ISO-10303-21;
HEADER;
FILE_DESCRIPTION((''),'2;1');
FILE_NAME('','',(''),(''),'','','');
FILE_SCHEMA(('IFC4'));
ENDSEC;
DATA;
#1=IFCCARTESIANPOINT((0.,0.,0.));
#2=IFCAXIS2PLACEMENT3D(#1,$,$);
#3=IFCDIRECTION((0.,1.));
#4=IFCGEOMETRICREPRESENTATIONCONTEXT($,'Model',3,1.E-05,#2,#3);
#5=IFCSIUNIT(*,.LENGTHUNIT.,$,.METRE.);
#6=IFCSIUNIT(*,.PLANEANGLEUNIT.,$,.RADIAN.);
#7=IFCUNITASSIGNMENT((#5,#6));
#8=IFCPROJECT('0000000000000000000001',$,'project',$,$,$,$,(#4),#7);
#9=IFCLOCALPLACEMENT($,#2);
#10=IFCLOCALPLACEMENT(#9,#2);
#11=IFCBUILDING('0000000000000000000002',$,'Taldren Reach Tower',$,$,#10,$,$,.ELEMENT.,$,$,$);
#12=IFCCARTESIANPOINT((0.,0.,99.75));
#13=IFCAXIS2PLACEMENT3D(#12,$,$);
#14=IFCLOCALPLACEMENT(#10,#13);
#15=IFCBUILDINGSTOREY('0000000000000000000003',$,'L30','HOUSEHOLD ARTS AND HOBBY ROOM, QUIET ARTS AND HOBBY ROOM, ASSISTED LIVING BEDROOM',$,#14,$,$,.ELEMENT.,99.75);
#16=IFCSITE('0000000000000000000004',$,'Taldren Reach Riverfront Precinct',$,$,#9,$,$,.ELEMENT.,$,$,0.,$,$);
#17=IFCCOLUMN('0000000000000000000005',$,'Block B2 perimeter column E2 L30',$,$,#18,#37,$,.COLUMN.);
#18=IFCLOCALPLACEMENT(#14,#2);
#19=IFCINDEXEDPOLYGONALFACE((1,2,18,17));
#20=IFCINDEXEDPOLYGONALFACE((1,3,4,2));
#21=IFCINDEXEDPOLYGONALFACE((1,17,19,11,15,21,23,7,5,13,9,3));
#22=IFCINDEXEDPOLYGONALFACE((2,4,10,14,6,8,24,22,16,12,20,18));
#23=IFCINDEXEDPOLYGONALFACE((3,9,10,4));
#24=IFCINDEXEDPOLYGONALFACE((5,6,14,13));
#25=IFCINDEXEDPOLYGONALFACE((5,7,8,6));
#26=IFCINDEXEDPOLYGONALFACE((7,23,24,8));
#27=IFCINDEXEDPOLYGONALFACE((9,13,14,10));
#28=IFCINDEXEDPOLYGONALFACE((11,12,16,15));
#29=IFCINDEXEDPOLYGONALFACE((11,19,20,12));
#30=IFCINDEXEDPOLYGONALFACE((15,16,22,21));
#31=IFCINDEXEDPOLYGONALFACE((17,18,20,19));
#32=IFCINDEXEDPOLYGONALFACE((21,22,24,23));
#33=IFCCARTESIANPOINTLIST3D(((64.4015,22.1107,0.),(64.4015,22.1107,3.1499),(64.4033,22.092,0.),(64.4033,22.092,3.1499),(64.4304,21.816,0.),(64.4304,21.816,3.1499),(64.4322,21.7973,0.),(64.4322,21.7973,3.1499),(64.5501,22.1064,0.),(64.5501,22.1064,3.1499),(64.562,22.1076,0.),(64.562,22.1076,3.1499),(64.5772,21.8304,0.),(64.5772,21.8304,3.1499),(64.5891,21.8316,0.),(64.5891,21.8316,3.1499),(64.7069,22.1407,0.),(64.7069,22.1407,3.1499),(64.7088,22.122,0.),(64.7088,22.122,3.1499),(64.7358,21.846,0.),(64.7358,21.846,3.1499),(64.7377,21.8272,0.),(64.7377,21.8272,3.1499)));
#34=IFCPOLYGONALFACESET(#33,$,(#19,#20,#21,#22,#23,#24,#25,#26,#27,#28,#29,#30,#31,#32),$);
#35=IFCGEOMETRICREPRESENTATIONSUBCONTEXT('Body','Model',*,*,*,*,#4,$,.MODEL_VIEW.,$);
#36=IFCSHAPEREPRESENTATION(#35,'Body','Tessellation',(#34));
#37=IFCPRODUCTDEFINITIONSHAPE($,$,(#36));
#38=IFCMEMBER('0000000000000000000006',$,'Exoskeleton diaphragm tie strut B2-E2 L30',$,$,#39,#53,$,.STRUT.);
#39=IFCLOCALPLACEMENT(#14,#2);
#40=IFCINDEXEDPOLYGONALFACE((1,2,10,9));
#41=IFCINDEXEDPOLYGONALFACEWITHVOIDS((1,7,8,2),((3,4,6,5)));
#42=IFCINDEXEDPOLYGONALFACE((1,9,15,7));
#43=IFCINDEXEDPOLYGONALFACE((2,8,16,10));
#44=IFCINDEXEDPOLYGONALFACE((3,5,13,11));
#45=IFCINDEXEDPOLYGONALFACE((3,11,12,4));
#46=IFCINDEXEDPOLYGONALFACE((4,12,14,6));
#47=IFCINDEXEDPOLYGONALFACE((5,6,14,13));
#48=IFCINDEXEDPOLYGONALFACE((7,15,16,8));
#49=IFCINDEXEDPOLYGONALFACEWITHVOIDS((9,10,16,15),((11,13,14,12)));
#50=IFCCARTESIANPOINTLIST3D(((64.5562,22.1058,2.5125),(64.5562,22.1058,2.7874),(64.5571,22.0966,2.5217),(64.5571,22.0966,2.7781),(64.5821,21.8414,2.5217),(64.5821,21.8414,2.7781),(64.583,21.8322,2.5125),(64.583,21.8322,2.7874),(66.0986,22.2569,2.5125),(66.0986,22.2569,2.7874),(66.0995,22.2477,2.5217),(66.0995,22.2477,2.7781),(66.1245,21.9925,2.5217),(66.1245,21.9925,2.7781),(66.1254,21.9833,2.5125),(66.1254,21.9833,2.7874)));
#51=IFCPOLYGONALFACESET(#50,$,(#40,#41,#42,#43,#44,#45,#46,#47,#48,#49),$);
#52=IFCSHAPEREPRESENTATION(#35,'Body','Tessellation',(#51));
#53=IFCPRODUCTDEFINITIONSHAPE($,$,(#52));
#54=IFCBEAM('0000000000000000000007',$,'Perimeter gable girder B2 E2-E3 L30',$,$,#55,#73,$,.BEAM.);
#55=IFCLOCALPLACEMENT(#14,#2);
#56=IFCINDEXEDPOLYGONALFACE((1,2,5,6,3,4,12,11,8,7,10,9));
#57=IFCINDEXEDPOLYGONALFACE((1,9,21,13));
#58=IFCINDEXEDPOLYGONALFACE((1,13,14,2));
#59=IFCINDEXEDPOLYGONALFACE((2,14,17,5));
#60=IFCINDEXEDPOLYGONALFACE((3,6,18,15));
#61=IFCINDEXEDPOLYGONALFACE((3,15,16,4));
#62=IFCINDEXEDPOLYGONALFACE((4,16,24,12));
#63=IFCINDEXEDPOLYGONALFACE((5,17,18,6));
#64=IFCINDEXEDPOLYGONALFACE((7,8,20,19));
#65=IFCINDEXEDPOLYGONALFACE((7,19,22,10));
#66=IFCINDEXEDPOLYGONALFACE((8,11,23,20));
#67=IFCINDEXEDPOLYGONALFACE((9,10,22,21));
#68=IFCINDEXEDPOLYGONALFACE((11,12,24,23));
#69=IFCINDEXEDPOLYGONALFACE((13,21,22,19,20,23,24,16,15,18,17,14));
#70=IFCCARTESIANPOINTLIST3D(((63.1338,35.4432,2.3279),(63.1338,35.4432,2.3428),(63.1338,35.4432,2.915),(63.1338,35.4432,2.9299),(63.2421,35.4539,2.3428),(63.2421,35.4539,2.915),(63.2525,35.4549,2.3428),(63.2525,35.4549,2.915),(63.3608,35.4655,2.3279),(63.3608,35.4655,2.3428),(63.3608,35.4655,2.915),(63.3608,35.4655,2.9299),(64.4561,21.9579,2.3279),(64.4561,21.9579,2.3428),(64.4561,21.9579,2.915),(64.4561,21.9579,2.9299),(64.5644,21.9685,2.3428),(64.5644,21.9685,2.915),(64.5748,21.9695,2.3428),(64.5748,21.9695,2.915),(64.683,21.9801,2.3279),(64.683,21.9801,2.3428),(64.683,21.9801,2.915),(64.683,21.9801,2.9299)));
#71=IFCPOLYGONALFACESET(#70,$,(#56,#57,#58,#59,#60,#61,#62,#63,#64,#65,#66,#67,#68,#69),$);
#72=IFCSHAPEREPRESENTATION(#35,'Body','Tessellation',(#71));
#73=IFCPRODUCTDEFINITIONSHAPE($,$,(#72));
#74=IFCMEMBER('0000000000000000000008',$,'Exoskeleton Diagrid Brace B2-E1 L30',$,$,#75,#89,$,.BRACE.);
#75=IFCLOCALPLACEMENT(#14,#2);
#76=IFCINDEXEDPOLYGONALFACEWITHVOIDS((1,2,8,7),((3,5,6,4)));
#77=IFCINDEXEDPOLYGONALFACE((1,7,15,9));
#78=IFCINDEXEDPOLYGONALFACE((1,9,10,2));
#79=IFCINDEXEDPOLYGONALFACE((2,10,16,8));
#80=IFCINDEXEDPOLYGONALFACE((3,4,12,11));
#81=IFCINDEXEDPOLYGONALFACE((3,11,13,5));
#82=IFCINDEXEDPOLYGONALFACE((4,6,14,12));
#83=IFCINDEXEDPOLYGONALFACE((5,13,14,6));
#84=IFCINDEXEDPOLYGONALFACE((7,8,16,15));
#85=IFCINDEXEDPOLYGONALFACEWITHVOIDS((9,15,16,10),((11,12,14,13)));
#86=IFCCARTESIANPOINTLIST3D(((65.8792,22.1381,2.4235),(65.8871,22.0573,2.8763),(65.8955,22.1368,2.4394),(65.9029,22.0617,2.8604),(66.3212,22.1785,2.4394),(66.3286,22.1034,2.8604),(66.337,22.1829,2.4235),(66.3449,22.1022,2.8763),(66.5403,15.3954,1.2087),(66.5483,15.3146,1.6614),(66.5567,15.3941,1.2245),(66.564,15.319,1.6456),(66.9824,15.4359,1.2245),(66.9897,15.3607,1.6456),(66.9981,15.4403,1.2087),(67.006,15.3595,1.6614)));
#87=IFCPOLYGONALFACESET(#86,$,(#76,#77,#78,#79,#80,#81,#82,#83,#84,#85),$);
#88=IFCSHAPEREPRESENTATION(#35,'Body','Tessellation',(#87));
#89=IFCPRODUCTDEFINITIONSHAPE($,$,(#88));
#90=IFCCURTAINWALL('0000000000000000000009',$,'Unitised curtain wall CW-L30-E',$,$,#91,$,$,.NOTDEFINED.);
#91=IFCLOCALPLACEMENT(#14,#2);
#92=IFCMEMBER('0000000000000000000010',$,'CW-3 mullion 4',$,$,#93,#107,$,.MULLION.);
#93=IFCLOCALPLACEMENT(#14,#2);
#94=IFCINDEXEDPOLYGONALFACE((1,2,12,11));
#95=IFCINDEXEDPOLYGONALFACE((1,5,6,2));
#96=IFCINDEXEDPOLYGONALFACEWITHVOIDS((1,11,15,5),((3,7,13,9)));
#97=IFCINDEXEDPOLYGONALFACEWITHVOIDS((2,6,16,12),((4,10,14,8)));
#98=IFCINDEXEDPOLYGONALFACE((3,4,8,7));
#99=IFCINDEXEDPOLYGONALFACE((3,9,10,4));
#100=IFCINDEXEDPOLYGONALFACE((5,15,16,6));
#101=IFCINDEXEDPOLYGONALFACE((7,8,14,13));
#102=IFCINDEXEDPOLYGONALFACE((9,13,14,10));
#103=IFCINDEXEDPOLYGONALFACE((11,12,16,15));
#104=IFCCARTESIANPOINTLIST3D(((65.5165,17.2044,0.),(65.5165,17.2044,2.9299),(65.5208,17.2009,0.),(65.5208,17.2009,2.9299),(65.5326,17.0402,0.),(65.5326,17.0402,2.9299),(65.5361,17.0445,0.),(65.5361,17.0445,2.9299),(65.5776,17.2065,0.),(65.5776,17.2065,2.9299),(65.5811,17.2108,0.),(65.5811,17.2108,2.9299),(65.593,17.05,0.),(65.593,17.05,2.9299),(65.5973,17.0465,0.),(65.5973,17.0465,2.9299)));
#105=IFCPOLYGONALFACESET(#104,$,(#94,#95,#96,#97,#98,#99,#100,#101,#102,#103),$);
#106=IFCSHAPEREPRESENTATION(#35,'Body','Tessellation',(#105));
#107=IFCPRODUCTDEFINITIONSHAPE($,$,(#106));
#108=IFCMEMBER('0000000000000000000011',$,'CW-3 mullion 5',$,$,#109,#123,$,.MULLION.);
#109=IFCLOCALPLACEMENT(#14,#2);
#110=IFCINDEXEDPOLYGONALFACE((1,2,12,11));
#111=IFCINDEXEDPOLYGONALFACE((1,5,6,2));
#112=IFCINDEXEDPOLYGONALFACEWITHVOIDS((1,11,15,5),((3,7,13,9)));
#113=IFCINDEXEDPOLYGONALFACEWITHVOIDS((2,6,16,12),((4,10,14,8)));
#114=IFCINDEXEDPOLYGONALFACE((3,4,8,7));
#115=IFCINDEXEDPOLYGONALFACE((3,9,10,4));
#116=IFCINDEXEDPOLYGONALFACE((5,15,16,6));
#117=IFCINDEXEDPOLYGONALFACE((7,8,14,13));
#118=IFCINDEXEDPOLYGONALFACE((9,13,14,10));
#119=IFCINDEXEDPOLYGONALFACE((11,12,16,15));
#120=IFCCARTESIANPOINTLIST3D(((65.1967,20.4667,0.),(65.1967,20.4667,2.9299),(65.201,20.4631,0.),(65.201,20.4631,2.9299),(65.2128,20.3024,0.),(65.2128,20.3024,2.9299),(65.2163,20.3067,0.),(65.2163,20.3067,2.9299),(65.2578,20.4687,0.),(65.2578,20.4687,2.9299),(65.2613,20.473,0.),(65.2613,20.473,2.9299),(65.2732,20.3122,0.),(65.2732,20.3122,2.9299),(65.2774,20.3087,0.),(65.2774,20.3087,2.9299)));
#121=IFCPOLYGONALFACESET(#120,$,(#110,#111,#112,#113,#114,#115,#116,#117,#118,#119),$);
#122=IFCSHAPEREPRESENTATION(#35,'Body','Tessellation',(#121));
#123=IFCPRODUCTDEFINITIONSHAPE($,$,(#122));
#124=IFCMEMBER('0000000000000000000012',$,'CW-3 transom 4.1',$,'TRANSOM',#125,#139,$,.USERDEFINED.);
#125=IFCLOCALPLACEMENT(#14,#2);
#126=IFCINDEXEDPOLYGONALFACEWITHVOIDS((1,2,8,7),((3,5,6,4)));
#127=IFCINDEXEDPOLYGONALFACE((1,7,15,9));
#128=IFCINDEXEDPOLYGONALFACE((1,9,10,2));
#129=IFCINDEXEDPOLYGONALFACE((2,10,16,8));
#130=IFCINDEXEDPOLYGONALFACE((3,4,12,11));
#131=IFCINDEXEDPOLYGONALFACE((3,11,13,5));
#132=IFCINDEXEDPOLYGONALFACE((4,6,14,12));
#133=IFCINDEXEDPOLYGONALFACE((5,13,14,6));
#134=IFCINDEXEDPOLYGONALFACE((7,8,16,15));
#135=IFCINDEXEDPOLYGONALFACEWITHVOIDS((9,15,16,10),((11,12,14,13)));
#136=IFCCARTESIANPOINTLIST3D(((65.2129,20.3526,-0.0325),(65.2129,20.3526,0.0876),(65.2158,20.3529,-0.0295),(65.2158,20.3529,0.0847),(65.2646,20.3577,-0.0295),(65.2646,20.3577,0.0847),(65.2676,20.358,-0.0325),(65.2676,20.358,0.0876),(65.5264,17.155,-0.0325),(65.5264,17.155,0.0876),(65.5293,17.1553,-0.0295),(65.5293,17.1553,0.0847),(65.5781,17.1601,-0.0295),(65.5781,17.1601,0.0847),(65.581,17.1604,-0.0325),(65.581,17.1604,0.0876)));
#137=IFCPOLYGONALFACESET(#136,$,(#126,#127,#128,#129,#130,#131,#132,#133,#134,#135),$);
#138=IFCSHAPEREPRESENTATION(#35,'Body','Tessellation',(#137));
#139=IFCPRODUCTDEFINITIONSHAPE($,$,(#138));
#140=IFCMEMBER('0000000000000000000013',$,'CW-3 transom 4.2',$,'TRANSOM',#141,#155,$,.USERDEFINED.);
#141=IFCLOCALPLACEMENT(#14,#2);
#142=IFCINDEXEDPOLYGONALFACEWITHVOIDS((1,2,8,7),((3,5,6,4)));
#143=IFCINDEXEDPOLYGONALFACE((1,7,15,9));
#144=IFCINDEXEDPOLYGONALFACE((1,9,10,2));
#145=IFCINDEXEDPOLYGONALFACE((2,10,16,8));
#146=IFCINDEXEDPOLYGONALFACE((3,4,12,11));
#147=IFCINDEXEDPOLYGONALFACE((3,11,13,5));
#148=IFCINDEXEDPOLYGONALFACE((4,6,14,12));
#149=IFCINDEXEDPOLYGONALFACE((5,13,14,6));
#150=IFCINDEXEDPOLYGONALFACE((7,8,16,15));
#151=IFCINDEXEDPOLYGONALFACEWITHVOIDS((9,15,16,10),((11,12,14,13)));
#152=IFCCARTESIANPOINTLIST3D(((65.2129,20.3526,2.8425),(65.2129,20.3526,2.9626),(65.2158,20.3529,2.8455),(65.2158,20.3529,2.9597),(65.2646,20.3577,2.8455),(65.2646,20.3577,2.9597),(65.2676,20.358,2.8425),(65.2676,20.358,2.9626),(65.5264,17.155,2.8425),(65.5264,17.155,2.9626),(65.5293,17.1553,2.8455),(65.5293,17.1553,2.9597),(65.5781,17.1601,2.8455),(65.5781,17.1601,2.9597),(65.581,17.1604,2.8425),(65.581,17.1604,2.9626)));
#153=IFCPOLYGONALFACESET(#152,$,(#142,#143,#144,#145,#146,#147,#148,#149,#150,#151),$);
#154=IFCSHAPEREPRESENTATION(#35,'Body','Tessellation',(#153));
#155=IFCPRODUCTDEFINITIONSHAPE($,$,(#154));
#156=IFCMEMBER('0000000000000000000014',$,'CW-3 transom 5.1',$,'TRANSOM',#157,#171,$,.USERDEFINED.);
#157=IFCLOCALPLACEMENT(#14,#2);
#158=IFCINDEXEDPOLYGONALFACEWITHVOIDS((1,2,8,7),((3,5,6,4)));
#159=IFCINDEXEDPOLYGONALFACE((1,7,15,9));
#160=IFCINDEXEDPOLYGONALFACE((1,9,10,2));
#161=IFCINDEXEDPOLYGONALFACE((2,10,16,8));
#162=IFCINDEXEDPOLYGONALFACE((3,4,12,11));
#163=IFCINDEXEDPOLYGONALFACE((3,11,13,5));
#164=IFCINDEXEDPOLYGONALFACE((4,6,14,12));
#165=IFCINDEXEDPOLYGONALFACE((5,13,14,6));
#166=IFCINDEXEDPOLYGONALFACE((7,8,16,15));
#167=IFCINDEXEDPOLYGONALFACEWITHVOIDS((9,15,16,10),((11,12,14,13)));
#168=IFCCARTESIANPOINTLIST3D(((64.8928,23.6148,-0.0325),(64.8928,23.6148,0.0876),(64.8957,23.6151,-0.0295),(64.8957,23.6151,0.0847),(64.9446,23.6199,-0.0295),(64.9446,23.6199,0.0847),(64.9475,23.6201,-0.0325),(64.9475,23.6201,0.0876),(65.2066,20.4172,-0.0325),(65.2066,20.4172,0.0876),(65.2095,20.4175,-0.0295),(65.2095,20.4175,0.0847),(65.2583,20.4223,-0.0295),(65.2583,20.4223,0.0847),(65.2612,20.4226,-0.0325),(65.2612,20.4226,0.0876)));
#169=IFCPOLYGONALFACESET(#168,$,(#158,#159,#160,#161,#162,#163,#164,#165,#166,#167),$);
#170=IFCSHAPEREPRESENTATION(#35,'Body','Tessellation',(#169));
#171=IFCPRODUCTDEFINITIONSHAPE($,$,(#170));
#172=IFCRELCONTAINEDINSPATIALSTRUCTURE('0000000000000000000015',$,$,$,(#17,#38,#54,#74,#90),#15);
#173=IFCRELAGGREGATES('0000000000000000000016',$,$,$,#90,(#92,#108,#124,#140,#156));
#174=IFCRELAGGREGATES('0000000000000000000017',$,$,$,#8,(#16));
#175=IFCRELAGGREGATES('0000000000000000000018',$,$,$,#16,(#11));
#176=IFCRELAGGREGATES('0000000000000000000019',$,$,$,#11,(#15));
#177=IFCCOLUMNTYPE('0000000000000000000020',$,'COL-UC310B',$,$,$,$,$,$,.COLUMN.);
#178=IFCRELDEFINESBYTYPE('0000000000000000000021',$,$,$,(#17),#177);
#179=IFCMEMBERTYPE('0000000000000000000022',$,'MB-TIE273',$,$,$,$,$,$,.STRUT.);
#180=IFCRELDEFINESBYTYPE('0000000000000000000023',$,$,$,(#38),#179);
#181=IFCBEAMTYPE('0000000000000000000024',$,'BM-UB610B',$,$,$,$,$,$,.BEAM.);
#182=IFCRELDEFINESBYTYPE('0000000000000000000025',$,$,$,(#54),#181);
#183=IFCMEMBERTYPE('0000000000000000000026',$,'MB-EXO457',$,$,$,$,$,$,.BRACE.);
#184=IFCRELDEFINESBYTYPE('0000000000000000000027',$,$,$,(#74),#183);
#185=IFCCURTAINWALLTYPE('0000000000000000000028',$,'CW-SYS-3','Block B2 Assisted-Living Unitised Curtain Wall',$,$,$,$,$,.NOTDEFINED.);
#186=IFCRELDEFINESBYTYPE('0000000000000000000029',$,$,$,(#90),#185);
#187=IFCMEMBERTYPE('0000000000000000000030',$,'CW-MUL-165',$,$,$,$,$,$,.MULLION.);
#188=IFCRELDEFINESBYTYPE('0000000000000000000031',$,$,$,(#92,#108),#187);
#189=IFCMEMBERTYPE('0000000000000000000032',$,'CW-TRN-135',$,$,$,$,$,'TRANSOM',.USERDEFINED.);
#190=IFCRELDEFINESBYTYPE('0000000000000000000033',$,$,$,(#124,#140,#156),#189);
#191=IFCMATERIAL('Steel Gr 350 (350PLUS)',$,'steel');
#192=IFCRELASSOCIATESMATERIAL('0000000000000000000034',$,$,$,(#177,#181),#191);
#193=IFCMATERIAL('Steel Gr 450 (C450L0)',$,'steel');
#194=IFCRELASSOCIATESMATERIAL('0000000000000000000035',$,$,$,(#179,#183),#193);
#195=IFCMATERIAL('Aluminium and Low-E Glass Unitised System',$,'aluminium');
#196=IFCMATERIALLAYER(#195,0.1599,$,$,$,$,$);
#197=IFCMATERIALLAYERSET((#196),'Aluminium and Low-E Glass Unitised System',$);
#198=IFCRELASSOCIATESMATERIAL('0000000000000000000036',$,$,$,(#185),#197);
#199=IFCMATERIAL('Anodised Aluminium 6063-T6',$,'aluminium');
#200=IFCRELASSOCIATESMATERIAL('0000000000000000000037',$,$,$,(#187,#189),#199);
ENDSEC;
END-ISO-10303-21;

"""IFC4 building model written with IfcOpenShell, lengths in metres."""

from ifc_helpers import new_model, si_unit, direction, frame, origin, origin_2d, place, context, subcontext, project, spatial, hollow_rectangle, i_section, extrude, source, transform, mapped, material, layer, layer_set, material_profile, profile_set, type_object, element, aggregate, save


model = new_model("IFC4")

# Units and contexts
model_context = context("Model", 3, precision=1e-05, world=origin(), true_north=direction((0.0, 1.0)))
body_context = subcontext(model_context, "Body", "Model", "MODEL_VIEW")
ifc_project = project(units=[si_unit("LENGTHUNIT", "METRE"), si_unit("PLANEANGLEUNIT", "RADIAN")], contexts=[model_context])

# Site, building, storey
site_placement = place(None, origin())
site = spatial("IfcSite", under=ifc_project, at=site_placement, Name="Taldren Reach Riverfront Precinct", CompositionType="ELEMENT", RefElevation=0.0)
building_placement = place(site_placement, origin())
building = spatial("IfcBuilding", under=site, at=building_placement, Name="Taldren Reach Tower", CompositionType="ELEMENT")
storey_placement = place(building_placement, frame((0.0, 0.0, 99.75)))
storey = spatial("IfcBuildingStorey", under=building, at=storey_placement, Name="L30", Description="HOUSEHOLD ARTS AND HOBBY ROOM, QUIET ARTS AND HOBBY ROOM, ASSISTED LIVING BEDROOM", CompositionType="ELEMENT", Elevation=99.75)

# Column
ifc_material_1 = material(Name="Steel Gr 350 (350PLUS)", Category="steel")
ifc_material_profile_1 = material_profile(ifc_material_1, i_section(OverallWidth=0.3069, OverallDepth=0.3149, WebThickness=0.012, FlangeThickness=0.0188, at=origin_2d()), Name="310UC118")
ifc_profile_set_1 = profile_set([ifc_material_profile_1], Name="Steel Gr 350 (350PLUS)")
column_type = type_object("IfcColumnType", Name="COL-UC310B", PredefinedType="COLUMN", material=ifc_profile_set_1)
shared_shape_1 = source(origin(), body_context, "Body", "SweptSolid", [
    extrude(i_section(OverallWidth=0.3069, OverallDepth=0.3149, WebThickness=0.012, FlangeThickness=0.0188, at=origin_2d()), origin(), (0.0, 0.0, 1.0), 3.1499),
])
column_placement = place(storey_placement, frame((64.5696, 21.969, 0.0), z_axis=(0.0, 0.0, 1.0), x_axis=(0.995227, 0.097583, 0.0)))
element("IfcColumn", 1, at=column_placement, inside=storey, type_object=column_type, Name="Block B2 perimeter column E2 L30", PredefinedType="COLUMN", context=body_context, shape_type="MappedRepresentation", body=[
    mapped(shared_shape_1, transform((0.0, 0.0, 0.0), scale=1.0)),
])

# Member
ifc_material_2 = material(Name="Steel Gr 450 (C450L0)", Category="steel")
ifc_material_profile_2 = material_profile(ifc_material_2, hollow_rectangle(XDim=0.2749, YDim=0.2749, WallThickness=0.0093, at=origin_2d()), Name="275x275x9.3SHS")
ifc_profile_set_2 = profile_set([ifc_material_profile_2], Name="Steel Gr 450 (C450L0)")
member_type_1 = type_object("IfcMemberType", Name="MB-TIE273", PredefinedType="STRUT", material=ifc_profile_set_2)
shared_shape_2 = source(origin(), body_context, "Body", "SweptSolid", [
    extrude(hollow_rectangle(XDim=0.2749, YDim=0.2749, WallThickness=0.0093, at=origin_2d()), origin(), (0.0, 0.0, 1.0), 1.5498),
])
member_1_placement = place(storey_placement, frame((64.5696, 21.969, 2.6499), z_axis=(0.995235, 0.097507, 0.0), x_axis=(-0.097507, 0.995235, 0.0)))
element("IfcMember", 2, at=member_1_placement, inside=storey, type_object=member_type_1, Name="Exoskeleton diaphragm tie strut B2-E2 L30", PredefinedType="STRUT", context=body_context, shape_type="MappedRepresentation", body=[
    mapped(shared_shape_2, transform((0.0, 0.0, 0.0), scale=1.0)),
])

# Beam
ifc_material_profile_3 = material_profile(ifc_material_1, i_section(OverallWidth=0.228, OverallDepth=0.6021, WebThickness=0.0105, FlangeThickness=0.0149, at=origin_2d()), Name="610UB101")
ifc_profile_set_3 = profile_set([ifc_material_profile_3], Name="Steel Gr 350 (350PLUS)")
beam_type = type_object("IfcBeamType", Name="BM-UB610B", PredefinedType="BEAM", material=ifc_profile_set_3)
shared_shape_3 = source(origin(), body_context, "Body", "SweptSolid", [
    extrude(i_section(OverallWidth=0.228, OverallDepth=0.6021, WebThickness=0.0105, FlangeThickness=0.0149, at=origin_2d()), origin(), (0.0, 0.0, 1.0), 13.55),
])
beam_placement = place(storey_placement, frame((64.5696, 21.969, 2.6289), z_axis=(-0.097584, 0.995227, 0.0), x_axis=(-0.995227, -0.097584, 0.0)))
element("IfcBeam", 3, at=beam_placement, inside=storey, type_object=beam_type, Name="Perimeter gable girder B2 E2-E3 L30", PredefinedType="BEAM", context=body_context, shape_type="MappedRepresentation", body=[
    mapped(shared_shape_3, transform((0.0, 0.0, 0.0), scale=1.0)),
])

# Member
ifc_material_profile_4 = material_profile(ifc_material_2, hollow_rectangle(XDim=0.46, YDim=0.46, WallThickness=0.0161, at=origin_2d()), Name="460x460x16.0SHS")
ifc_profile_set_4 = profile_set([ifc_material_profile_4], Name="Steel Gr 450 (C450L0)")
member_type_2 = type_object("IfcMemberType", Name="MB-EXO457", PredefinedType="BRACE", material=ifc_profile_set_4)
shared_shape_4 = source(origin(), body_context, "Body", "SweptSolid", [
    extrude(hollow_rectangle(XDim=0.46, YDim=0.46, WallThickness=0.0161, at=origin_2d()), origin(), (0.0, 0.0, 1.0), 6.8831),
])
member_2_placement = place(storey_placement, frame((66.7732, 15.3774, 1.4351), z_axis=(-0.096052, 0.979603, 0.176497), x_axis=(-0.995227, -0.097584, 0.0)))
element("IfcMember", 4, at=member_2_placement, inside=storey, type_object=member_type_2, Name="Exoskeleton Diagrid Brace B2-E1 L30", PredefinedType="BRACE", context=body_context, shape_type="MappedRepresentation", body=[
    mapped(shared_shape_4, transform((0.0, 0.0, 0.0), scale=1.0)),
])

# Curtain wall, members
ifc_material_3 = material(Name="Aluminium and Low-E Glass Unitised System", Category="aluminium")
ifc_layer_1 = layer(ifc_material_3, 0.1599)
ifc_layer_set_1 = layer_set([ifc_layer_1], Name="Aluminium and Low-E Glass Unitised System")
curtain_wall_type = type_object("IfcCurtainWallType", Name="CW-SYS-3", Description="Block B2 Assisted-Living Unitised Curtain Wall", PredefinedType="NOTDEFINED", material=ifc_layer_set_1)
curtain_wall_placement = place(storey_placement, origin())
curtain_wall = element("IfcCurtainWall", 5, at=curtain_wall_placement, inside=storey, type_object=curtain_wall_type, Name="Unitised curtain wall CW-L30-E", PredefinedType="NOTDEFINED")
ifc_material_4 = material(Name="Anodised Aluminium 6063-T6", Category="aluminium")
ifc_material_profile_5 = material_profile(ifc_material_4, hollow_rectangle(XDim=0.0649, YDim=0.165, WallThickness=0.0039, at=origin_2d()), Name="ALU-165x65x4RHS")
ifc_profile_set_5 = profile_set([ifc_material_profile_5], Name="Anodised Aluminium 6063-T6")
member_type_3 = type_object("IfcMemberType", Name="CW-MUL-165", PredefinedType="MULLION", material=ifc_profile_set_5)
shared_shape_5 = source(origin(), body_context, "Body", "SweptSolid", [
    extrude(hollow_rectangle(XDim=0.0649, YDim=0.165, WallThickness=0.0039, at=origin_2d()), origin(), (0.0, 0.0, 1.0), 2.9299),
])
member_3_placement = place(storey_placement, frame((65.5569, 17.1255, 0.0), z_axis=(0.0, 0.0, 1.0), x_axis=(-0.995227, -0.097583, 0.0)))
member_3 = element("IfcMember", 6, at=member_3_placement, type_object=member_type_3, Name="CW-3 mullion 4", PredefinedType="MULLION", context=body_context, shape_type="MappedRepresentation", body=[
    mapped(shared_shape_5, transform((0.0, 0.0, 0.0), scale=1.0)),
])
member_4_placement = place(storey_placement, frame((65.2371, 20.3877, 0.0), z_axis=(0.0, 0.0, 1.0), x_axis=(-0.995227, -0.097583, 0.0)))
member_4 = element("IfcMember", 7, at=member_4_placement, type_object=member_type_3, Name="CW-3 mullion 5", PredefinedType="MULLION", context=body_context, shape_type="MappedRepresentation", body=[
    mapped(shared_shape_5, transform((0.0, 0.0, 0.0), scale=1.0)),
])
ifc_material_profile_6 = material_profile(ifc_material_4, hollow_rectangle(XDim=0.0549, YDim=0.1201, WallThickness=0.0029, at=origin_2d()), Name="ALU-120x55x3RHS")
ifc_profile_set_6 = profile_set([ifc_material_profile_6], Name="Anodised Aluminium 6063-T6")
member_type_4 = type_object("IfcMemberType", Name="CW-TRN-135", ElementType="TRANSOM", PredefinedType="USERDEFINED", material=ifc_profile_set_6)
shared_shape_6 = source(origin(), body_context, "Body", "SweptSolid", [
    extrude(hollow_rectangle(XDim=0.0549, YDim=0.1201, WallThickness=0.0029, at=origin_2d()), origin(), (0.0, 0.0, 1.0), 3.2129),
])
member_5_placement = place(storey_placement, frame((65.5537, 17.1577, 0.0276), z_axis=(-0.09757, 0.995229, 0.0), x_axis=(-0.995229, -0.09757, 0.0)))
member_5 = element("IfcMember", 8, at=member_5_placement, type_object=member_type_4, Name="CW-3 transom 4.1", ObjectType="TRANSOM", PredefinedType="USERDEFINED", context=body_context, shape_type="MappedRepresentation", body=[
    mapped(shared_shape_6, transform((0.0, 0.0, 0.0), scale=1.0)),
])
member_6_placement = place(storey_placement, frame((65.5537, 17.1577, 2.9026), z_axis=(-0.09757, 0.995229, 0.0), x_axis=(-0.995229, -0.09757, 0.0)))
member_6 = element("IfcMember", 9, at=member_6_placement, type_object=member_type_4, Name="CW-3 transom 4.2", ObjectType="TRANSOM", PredefinedType="USERDEFINED", context=body_context, shape_type="MappedRepresentation", body=[
    mapped(shared_shape_6, transform((0.0, 0.0, 0.0), scale=1.0)),
])
member_7_placement = place(storey_placement, frame((65.2339, 20.4199, 0.0276), z_axis=(-0.097645, 0.995221, 0.0), x_axis=(-0.995221, -0.097645, 0.0)))
member_7 = element("IfcMember", 10, at=member_7_placement, type_object=member_type_4, Name="CW-3 transom 5.1", ObjectType="TRANSOM", PredefinedType="USERDEFINED", context=body_context, shape_type="MappedRepresentation", body=[
    mapped(shared_shape_6, transform((0.0, 0.0, 0.0), scale=1.0)),
])
aggregate(curtain_wall, [member_3, member_4, member_5, member_6, member_7])

save(model, "model.ifc")
